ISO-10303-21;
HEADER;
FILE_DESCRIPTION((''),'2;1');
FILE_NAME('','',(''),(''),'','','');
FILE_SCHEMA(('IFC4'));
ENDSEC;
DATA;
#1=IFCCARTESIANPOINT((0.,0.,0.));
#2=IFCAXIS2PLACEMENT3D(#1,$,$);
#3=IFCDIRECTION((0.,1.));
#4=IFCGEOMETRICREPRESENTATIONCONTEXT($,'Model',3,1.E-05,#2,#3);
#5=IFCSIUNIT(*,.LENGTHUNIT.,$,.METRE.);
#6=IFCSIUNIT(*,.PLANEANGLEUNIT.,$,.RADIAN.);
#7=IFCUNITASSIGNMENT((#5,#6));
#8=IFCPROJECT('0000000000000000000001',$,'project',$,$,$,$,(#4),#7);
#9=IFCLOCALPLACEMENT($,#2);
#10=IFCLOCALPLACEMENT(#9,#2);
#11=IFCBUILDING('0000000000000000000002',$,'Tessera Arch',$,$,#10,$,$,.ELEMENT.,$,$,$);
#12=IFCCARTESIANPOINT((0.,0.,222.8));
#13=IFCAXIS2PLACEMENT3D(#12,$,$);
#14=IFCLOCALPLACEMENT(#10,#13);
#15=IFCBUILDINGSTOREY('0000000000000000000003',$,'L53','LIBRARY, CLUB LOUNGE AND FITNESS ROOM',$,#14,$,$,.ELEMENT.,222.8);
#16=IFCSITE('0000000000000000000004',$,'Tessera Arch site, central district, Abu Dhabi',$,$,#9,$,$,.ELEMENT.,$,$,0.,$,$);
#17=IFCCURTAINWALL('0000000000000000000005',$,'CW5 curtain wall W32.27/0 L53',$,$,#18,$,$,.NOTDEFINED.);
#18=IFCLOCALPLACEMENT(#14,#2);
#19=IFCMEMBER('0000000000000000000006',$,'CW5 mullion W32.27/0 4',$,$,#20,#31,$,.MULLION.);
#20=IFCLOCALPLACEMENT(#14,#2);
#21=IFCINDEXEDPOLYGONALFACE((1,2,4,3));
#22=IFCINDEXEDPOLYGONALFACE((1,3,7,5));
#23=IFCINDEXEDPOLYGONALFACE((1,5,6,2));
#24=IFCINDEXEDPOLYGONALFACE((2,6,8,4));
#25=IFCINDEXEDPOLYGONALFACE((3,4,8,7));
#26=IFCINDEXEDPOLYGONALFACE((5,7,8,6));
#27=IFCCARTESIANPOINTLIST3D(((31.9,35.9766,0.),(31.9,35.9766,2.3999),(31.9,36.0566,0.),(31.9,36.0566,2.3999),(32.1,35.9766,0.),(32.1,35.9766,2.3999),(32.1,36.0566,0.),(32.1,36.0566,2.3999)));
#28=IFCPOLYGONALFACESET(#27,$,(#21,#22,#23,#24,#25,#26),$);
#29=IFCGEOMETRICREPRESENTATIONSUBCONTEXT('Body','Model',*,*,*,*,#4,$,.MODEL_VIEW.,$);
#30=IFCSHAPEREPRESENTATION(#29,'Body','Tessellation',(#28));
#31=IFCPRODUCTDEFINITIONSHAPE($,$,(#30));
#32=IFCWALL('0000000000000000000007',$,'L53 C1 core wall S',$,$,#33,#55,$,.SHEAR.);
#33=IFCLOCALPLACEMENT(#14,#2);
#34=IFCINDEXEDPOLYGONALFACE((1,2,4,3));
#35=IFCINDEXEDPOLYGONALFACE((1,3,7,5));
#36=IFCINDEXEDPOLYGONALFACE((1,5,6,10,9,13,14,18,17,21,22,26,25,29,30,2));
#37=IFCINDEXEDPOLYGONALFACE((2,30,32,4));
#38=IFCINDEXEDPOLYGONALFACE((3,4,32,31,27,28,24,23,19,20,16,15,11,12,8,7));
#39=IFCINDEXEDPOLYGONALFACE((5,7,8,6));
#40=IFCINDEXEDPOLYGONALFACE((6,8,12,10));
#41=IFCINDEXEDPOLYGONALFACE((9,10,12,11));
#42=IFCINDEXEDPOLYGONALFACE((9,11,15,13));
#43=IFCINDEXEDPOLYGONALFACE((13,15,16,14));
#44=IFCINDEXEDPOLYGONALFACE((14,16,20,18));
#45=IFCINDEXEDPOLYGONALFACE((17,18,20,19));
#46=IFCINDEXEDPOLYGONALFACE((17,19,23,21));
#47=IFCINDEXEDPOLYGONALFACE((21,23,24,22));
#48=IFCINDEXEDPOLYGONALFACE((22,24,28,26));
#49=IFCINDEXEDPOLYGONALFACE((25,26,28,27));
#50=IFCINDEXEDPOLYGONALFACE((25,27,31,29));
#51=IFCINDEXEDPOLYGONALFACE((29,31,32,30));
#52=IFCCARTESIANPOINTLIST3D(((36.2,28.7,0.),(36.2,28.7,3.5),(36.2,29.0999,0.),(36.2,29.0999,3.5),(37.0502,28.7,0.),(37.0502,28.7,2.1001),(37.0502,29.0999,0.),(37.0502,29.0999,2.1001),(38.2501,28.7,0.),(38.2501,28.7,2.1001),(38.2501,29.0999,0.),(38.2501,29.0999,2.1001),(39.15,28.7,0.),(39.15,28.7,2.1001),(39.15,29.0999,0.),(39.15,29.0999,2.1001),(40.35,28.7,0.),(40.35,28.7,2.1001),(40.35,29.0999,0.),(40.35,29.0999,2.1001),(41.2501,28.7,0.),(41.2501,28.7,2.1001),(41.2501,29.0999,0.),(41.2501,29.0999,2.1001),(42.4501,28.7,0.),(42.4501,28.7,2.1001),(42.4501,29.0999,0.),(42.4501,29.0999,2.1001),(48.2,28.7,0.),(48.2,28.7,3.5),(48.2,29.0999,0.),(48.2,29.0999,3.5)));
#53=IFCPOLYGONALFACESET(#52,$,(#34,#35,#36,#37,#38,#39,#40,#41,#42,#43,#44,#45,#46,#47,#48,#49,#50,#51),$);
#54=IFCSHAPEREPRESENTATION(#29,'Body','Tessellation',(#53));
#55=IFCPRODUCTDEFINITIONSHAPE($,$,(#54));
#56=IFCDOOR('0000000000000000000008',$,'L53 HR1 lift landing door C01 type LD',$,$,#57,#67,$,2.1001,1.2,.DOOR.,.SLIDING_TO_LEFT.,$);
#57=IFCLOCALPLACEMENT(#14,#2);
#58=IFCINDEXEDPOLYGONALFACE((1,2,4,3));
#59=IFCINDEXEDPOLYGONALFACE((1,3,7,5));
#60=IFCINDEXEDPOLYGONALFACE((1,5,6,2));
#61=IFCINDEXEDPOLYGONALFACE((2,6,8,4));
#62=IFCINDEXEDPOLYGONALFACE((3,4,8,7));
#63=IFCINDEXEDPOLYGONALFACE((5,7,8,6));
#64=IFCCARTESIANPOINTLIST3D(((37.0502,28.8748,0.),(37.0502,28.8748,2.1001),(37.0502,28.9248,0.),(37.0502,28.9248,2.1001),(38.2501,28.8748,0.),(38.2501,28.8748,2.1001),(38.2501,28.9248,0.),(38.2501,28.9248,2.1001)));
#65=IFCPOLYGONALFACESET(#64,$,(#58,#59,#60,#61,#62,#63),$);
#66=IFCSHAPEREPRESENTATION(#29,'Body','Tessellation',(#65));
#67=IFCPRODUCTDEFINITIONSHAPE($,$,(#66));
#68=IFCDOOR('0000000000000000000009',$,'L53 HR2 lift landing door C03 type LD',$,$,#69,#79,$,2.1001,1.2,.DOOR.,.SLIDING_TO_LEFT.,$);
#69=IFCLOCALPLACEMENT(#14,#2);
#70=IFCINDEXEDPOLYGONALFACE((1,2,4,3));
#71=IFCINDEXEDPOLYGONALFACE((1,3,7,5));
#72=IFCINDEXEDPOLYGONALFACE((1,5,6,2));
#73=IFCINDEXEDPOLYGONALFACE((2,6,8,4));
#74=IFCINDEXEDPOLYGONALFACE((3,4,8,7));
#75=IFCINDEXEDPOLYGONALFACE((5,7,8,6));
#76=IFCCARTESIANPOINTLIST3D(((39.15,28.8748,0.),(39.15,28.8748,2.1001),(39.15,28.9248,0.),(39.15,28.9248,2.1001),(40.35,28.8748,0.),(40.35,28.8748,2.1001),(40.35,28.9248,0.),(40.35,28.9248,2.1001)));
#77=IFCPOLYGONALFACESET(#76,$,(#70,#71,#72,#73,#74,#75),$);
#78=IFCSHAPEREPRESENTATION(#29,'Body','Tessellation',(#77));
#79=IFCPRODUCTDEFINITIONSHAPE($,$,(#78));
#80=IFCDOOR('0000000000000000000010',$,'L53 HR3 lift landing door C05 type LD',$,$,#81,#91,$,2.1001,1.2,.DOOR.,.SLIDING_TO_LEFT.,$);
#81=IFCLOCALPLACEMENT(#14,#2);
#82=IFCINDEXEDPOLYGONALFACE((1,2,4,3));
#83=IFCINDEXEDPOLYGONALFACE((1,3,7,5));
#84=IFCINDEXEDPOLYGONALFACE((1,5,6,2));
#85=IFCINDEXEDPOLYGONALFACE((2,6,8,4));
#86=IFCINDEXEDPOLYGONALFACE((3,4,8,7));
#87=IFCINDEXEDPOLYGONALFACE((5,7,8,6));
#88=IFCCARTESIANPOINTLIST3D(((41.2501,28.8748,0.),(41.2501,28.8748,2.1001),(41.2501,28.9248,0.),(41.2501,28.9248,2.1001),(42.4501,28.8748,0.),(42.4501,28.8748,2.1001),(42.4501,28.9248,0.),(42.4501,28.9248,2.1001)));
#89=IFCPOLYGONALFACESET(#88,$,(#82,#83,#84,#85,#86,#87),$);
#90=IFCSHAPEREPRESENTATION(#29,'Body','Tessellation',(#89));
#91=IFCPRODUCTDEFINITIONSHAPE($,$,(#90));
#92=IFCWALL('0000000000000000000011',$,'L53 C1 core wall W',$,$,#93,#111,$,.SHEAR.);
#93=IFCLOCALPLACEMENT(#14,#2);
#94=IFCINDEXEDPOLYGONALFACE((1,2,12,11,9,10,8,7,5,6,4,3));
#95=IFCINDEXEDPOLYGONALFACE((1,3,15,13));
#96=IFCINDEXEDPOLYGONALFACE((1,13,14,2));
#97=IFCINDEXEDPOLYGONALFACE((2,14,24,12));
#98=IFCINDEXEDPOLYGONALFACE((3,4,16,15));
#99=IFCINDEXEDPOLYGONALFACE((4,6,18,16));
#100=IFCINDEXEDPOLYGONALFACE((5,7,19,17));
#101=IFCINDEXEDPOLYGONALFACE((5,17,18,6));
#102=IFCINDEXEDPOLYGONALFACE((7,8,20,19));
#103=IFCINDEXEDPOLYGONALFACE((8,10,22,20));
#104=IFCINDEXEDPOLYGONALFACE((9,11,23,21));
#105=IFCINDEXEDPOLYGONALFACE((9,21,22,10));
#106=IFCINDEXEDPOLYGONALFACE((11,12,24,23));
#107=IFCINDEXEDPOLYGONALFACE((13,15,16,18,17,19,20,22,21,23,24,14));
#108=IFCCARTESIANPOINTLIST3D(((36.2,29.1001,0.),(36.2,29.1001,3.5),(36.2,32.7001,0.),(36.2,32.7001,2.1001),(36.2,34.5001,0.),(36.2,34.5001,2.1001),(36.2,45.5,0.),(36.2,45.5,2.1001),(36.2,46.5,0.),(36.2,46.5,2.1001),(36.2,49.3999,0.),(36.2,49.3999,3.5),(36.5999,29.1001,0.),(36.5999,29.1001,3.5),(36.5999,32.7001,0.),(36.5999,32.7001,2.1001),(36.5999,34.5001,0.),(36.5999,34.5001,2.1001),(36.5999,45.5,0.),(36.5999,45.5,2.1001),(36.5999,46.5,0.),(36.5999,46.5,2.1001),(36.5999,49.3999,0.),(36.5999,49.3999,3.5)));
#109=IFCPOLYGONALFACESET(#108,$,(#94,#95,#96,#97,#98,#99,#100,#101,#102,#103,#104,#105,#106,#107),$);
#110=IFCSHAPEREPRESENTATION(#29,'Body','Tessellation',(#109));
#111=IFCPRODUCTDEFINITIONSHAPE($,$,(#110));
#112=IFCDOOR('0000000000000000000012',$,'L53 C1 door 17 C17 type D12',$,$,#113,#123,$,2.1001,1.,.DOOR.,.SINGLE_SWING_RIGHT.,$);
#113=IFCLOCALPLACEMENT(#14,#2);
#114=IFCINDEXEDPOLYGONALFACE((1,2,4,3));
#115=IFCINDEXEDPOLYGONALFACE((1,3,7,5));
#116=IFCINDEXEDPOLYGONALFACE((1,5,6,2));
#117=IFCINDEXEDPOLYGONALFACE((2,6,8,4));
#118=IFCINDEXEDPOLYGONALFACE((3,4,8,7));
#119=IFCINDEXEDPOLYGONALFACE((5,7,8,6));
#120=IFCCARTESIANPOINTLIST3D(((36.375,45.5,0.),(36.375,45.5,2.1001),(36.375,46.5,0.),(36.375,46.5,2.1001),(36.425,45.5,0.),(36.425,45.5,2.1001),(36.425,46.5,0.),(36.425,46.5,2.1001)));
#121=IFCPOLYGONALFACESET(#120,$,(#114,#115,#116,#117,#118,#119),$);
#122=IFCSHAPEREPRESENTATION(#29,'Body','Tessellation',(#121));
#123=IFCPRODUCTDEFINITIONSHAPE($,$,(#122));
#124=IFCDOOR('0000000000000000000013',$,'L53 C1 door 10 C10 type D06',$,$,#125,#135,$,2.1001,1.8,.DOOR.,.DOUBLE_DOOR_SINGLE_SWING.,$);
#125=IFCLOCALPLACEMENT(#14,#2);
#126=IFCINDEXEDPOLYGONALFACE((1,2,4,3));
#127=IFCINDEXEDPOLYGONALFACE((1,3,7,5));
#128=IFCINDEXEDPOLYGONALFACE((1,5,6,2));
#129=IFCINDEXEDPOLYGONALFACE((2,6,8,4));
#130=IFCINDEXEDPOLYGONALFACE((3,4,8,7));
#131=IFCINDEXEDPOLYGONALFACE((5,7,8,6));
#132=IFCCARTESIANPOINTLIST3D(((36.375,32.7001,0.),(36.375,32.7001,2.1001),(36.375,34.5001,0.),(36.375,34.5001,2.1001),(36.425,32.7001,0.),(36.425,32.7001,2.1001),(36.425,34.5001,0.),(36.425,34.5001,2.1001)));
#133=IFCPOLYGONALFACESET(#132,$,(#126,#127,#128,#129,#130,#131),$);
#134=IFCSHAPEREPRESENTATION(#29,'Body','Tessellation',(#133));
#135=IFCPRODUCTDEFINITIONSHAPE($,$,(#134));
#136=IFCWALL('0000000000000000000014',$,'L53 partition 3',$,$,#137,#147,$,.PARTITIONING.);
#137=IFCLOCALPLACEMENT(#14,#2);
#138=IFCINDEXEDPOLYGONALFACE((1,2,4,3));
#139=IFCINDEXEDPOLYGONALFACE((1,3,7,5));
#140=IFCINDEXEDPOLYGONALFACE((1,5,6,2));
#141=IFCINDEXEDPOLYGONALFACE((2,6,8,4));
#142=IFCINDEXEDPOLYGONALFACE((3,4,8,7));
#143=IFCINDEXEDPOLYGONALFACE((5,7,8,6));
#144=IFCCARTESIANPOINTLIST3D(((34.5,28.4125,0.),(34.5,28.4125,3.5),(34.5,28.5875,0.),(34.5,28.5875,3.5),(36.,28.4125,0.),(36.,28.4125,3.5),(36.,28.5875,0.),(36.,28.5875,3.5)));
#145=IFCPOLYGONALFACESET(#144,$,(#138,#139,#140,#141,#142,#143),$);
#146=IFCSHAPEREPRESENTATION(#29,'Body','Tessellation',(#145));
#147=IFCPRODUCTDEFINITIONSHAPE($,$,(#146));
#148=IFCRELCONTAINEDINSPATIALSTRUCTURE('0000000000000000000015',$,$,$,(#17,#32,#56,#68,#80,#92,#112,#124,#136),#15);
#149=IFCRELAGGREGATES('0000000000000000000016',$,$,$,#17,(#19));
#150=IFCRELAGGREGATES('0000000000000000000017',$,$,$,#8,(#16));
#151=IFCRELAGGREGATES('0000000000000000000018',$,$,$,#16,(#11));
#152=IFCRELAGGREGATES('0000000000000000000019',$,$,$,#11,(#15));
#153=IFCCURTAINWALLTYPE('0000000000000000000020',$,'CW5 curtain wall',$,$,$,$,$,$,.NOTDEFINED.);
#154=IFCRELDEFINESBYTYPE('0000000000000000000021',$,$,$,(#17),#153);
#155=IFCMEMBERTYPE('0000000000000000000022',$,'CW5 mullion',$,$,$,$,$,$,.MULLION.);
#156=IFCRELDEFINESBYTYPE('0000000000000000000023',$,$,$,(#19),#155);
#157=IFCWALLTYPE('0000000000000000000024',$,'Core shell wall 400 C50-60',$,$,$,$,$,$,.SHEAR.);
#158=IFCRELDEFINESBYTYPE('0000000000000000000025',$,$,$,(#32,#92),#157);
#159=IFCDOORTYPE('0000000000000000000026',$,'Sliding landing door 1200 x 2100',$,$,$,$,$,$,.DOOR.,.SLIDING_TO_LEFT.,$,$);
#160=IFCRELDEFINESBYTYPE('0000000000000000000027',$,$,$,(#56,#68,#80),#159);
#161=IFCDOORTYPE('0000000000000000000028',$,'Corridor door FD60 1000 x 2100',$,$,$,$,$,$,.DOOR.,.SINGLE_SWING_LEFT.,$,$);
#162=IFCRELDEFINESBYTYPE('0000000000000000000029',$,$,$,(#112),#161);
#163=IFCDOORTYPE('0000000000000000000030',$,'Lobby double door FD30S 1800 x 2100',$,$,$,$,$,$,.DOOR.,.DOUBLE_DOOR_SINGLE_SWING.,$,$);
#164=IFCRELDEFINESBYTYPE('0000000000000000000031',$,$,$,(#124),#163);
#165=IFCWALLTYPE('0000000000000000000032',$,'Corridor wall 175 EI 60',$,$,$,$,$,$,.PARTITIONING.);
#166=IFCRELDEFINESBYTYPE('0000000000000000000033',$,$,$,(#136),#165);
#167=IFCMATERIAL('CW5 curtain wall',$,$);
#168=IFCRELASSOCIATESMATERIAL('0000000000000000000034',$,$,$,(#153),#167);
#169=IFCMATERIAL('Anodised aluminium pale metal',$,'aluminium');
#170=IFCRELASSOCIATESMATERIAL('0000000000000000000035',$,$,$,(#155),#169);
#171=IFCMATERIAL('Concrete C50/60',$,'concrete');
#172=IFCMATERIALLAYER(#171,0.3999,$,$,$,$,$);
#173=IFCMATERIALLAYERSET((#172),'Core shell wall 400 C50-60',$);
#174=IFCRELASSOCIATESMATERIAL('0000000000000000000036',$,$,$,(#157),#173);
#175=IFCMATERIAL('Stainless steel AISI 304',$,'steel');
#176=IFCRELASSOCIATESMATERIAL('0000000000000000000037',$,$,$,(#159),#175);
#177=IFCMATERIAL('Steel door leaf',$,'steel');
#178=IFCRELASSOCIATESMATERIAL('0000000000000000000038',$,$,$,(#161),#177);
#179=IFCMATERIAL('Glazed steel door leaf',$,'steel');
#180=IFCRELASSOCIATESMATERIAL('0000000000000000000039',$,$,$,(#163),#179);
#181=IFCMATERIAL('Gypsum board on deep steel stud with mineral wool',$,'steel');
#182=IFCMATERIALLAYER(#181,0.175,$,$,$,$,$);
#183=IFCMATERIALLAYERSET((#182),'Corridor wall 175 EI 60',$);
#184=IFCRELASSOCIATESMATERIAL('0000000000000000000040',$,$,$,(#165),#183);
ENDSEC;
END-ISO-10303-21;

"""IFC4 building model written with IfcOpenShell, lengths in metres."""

from ifc_helpers import new_model, si_unit, direction, frame, frame_2d, origin, origin_2d, place, context, subcontext, project, spatial, rectangle, extrude, material, layer, layer_set, material_profile, profile_set, type_object, element, fill, aggregate, save


model = new_model("IFC4")

# Units and contexts
model_context = context("Model", 3, precision=1e-05, world=origin(), true_north=direction((0.0, 1.0)))
body_context = subcontext(model_context, "Body", "Model", "MODEL_VIEW")
ifc_project = project(units=[si_unit("LENGTHUNIT", "METRE"), si_unit("PLANEANGLEUNIT", "RADIAN")], contexts=[model_context])

# Site, building, storey
site_placement = place(None, origin())
site = spatial("IfcSite", under=ifc_project, at=site_placement, Name="Tessera Arch site, central district, Abu Dhabi", CompositionType="ELEMENT", RefElevation=0.0)
building_placement = place(site_placement, origin())
building = spatial("IfcBuilding", under=site, at=building_placement, Name="Tessera Arch", CompositionType="ELEMENT")
storey_placement = place(building_placement, frame((0.0, 0.0, 222.8)))
storey = spatial("IfcBuildingStorey", under=building, at=storey_placement, Name="L53", Description="LIBRARY, CLUB LOUNGE AND FITNESS ROOM", CompositionType="ELEMENT", Elevation=222.8)

# Curtain wall, member
ifc_material_1 = material(Name="CW5 curtain wall")
curtain_wall_type = type_object("IfcCurtainWallType", Name="CW5 curtain wall", PredefinedType="NOTDEFINED", material=ifc_material_1)
curtain_wall_placement = place(storey_placement, origin())
curtain_wall = element("IfcCurtainWall", 1, at=curtain_wall_placement, inside=storey, type_object=curtain_wall_type, Name="CW5 curtain wall W32.27/0 L53", PredefinedType="NOTDEFINED")
ifc_material_2 = material(Name="Anodised aluminium pale metal", Category="aluminium")
ifc_material_profile = material_profile(ifc_material_2, rectangle(XDim=0.2, YDim=0.0801, at=origin_2d()), Name="AL 80x200")
ifc_profile_set = profile_set([ifc_material_profile], Name="Anodised aluminium pale metal")
member_type = type_object("IfcMemberType", Name="CW5 mullion", PredefinedType="MULLION", material=ifc_profile_set)
member_placement = place(storey_placement, frame((32.0, 36.0166, 0.0), z_axis=(0.0, 0.0, 1.0), x_axis=(1.0, 0.0, 0.0)))
member = element("IfcMember", 2, at=member_placement, type_object=member_type, Name="CW5 mullion W32.27/0 4", PredefinedType="MULLION", context=body_context, shape_type="SweptSolid", body=[
    extrude(rectangle(XDim=0.2, YDim=0.0801, at=origin_2d()), origin(), (0.0, 0.0, 1.0), 2.3999),
])
aggregate(curtain_wall, [member])

# Walls, openings, doors
ifc_material_3 = material(Name="Concrete C50/60", Category="concrete")
ifc_layer_1 = layer(ifc_material_3, 0.3999)
ifc_layer_set_1 = layer_set([ifc_layer_1], Name="Core shell wall 400 C50-60")
wall_type_1 = type_object("IfcWallType", Name="Core shell wall 400 C50-60", PredefinedType="SHEAR", material=ifc_layer_set_1)
wall_1_placement = place(storey_placement, frame((36.2, 28.8999, 0.0), z_axis=(0.0, 0.0, 1.0), x_axis=(1.0, 0.0, 0.0)))
wall_1 = element("IfcWall", 3, at=wall_1_placement, inside=storey, type_object=wall_type_1, Name="L53 C1 core wall S", PredefinedType="SHEAR", context=body_context, shape_type="SweptSolid", body=[
    extrude(rectangle(XDim=12.0, YDim=0.3999, at=frame_2d((6.0, 0.0))), origin(), (0.0, 0.0, 1.0), 3.5),
])
opening_1_placement = place(wall_1_placement, frame((0.8501, 0.0, 0.0)))
opening_1 = element("IfcOpeningElement", 4, at=opening_1_placement, cuts=wall_1, PredefinedType="OPENING", context=body_context, shape_type="SweptSolid", body=[
    extrude(rectangle(XDim=1.2, YDim=2.1001, at=frame_2d((0.6001, 1.05))), frame((0.0, 0.21, 0.0), z_axis=(0.0, -1.0, 0.0), x_axis=(1.0, 0.0, 0.0)), (0.0, 0.0, 1.0), 0.4199),
])
opening_2_placement = place(wall_1_placement, frame((2.95, 0.0, 0.0)))
opening_2 = element("IfcOpeningElement", 5, at=opening_2_placement, cuts=wall_1, PredefinedType="OPENING", context=body_context, shape_type="SweptSolid", body=[
    extrude(rectangle(XDim=1.2, YDim=2.1001, at=frame_2d((0.6001, 1.05))), frame((0.0, 0.21, 0.0), z_axis=(0.0, -1.0, 0.0), x_axis=(1.0, 0.0, 0.0)), (0.0, 0.0, 1.0), 0.4199),
])
opening_3_placement = place(wall_1_placement, frame((5.05, 0.0, 0.0)))
opening_3 = element("IfcOpeningElement", 6, at=opening_3_placement, cuts=wall_1, PredefinedType="OPENING", context=body_context, shape_type="SweptSolid", body=[
    extrude(rectangle(XDim=1.2, YDim=2.1001, at=frame_2d((0.6001, 1.05))), frame((0.0, 0.21, 0.0), z_axis=(0.0, -1.0, 0.0), x_axis=(1.0, 0.0, 0.0)), (0.0, 0.0, 1.0), 0.4199),
])
ifc_material_4 = material(Name="Stainless steel AISI 304", Category="steel")
door_type_1 = type_object("IfcDoorType", Name="Sliding landing door 1200 x 2100", OperationType="SLIDING_TO_LEFT", PredefinedType="DOOR", material=ifc_material_4)
door_1_placement = place(opening_1_placement, origin())
door_1 = element("IfcDoor", 7, at=door_1_placement, inside=storey, type_object=door_type_1, Name="L53 HR1 lift landing door C01 type LD", OperationType="SLIDING_TO_LEFT", OverallHeight=2.1001, OverallWidth=1.2, PredefinedType="DOOR", context=body_context, shape_type="SweptSolid", body=[
    extrude(rectangle(XDim=1.2, YDim=2.1001, at=frame_2d((0.6001, 1.05))), frame((0.0, 0.0249, 0.0), z_axis=(0.0, -1.0, 0.0), x_axis=(1.0, 0.0, 0.0)), (0.0, 0.0, 1.0), 0.05),
])
fill(opening_1, door_1)
door_2_placement = place(opening_2_placement, origin())
door_2 = element("IfcDoor", 8, at=door_2_placement, inside=storey, type_object=door_type_1, Name="L53 HR2 lift landing door C03 type LD", OperationType="SLIDING_TO_LEFT", OverallHeight=2.1001, OverallWidth=1.2, PredefinedType="DOOR", context=body_context, shape_type="SweptSolid", body=[
    extrude(rectangle(XDim=1.2, YDim=2.1001, at=frame_2d((0.6001, 1.05))), frame((0.0, 0.0249, 0.0), z_axis=(0.0, -1.0, 0.0), x_axis=(1.0, 0.0, 0.0)), (0.0, 0.0, 1.0), 0.05),
])
fill(opening_2, door_2)
door_3_placement = place(opening_3_placement, origin())
door_3 = element("IfcDoor", 9, at=door_3_placement, inside=storey, type_object=door_type_1, Name="L53 HR3 lift landing door C05 type LD", OperationType="SLIDING_TO_LEFT", OverallHeight=2.1001, OverallWidth=1.2, PredefinedType="DOOR", context=body_context, shape_type="SweptSolid", body=[
    extrude(rectangle(XDim=1.2, YDim=2.1001, at=frame_2d((0.6001, 1.05))), frame((0.0, 0.0249, 0.0), z_axis=(0.0, -1.0, 0.0), x_axis=(1.0, 0.0, 0.0)), (0.0, 0.0, 1.0), 0.05),
])
fill(opening_3, door_3)
wall_2_placement = place(storey_placement, frame((36.3999, 29.1001, 0.0), z_axis=(0.0, 0.0, 1.0), x_axis=(0.0, 1.0, 0.0)))
wall_2 = element("IfcWall", 10, at=wall_2_placement, inside=storey, type_object=wall_type_1, Name="L53 C1 core wall W", PredefinedType="SHEAR", context=body_context, shape_type="SweptSolid", body=[
    extrude(rectangle(XDim=20.2998, YDim=0.3999, at=frame_2d((10.1499, 0.0))), origin(), (0.0, 0.0, 1.0), 3.5),
])
opening_4_placement = place(wall_2_placement, frame((3.6001, 0.0, 0.0)))
opening_4 = element("IfcOpeningElement", 11, at=opening_4_placement, cuts=wall_2, PredefinedType="OPENING", context=body_context, shape_type="SweptSolid", body=[
    extrude(rectangle(XDim=1.8, YDim=2.1001, at=frame_2d((0.8999, 1.05))), frame((0.0, 0.21, 0.0), z_axis=(0.0, -1.0, 0.0), x_axis=(1.0, 0.0, 0.0)), (0.0, 0.0, 1.0), 0.4199),
])
opening_5_placement = place(wall_2_placement, frame((16.3999, 0.0, 0.0)))
opening_5 = element("IfcOpeningElement", 12, at=opening_5_placement, cuts=wall_2, PredefinedType="OPENING", context=body_context, shape_type="SweptSolid", body=[
    extrude(rectangle(XDim=1.0, YDim=2.1001, at=frame_2d((0.5, 1.05))), frame((0.0, 0.21, 0.0), z_axis=(0.0, -1.0, 0.0), x_axis=(1.0, 0.0, 0.0)), (0.0, 0.0, 1.0), 0.4199),
])
ifc_material_5 = material(Name="Steel door leaf", Category="steel")
door_type_2 = type_object("IfcDoorType", Name="Corridor door FD60 1000 x 2100", OperationType="SINGLE_SWING_LEFT", PredefinedType="DOOR", material=ifc_material_5)
door_4_placement = place(opening_5_placement, origin())
door_4 = element("IfcDoor", 13, at=door_4_placement, inside=storey, type_object=door_type_2, Name="L53 C1 door 17 C17 type D12", OperationType="SINGLE_SWING_RIGHT", OverallHeight=2.1001, OverallWidth=1.0, PredefinedType="DOOR", context=body_context, shape_type="SweptSolid", body=[
    extrude(rectangle(XDim=1.0, YDim=2.1001, at=frame_2d((0.5, 1.05))), frame((0.0, 0.0249, 0.0), z_axis=(0.0, -1.0, 0.0), x_axis=(1.0, 0.0, 0.0)), (0.0, 0.0, 1.0), 0.05),
])
fill(opening_5, door_4)
ifc_material_6 = material(Name="Glazed steel door leaf", Category="steel")
door_type_3 = type_object("IfcDoorType", Name="Lobby double door FD30S 1800 x 2100", OperationType="DOUBLE_DOOR_SINGLE_SWING", PredefinedType="DOOR", material=ifc_material_6)
door_5_placement = place(opening_4_placement, origin())
door_5 = element("IfcDoor", 14, at=door_5_placement, inside=storey, type_object=door_type_3, Name="L53 C1 door 10 C10 type D06", OperationType="DOUBLE_DOOR_SINGLE_SWING", OverallHeight=2.1001, OverallWidth=1.8, PredefinedType="DOOR", context=body_context, shape_type="SweptSolid", body=[
    extrude(rectangle(XDim=1.8, YDim=2.1001, at=frame_2d((0.8999, 1.05))), frame((0.0, 0.0249, 0.0), z_axis=(0.0, -1.0, 0.0), x_axis=(1.0, 0.0, 0.0)), (0.0, 0.0, 1.0), 0.05),
])
fill(opening_4, door_5)

# Wall
ifc_material_7 = material(Name="Gypsum board on deep steel stud with mineral wool", Category="steel")
ifc_layer_2 = layer(ifc_material_7, 0.175)
ifc_layer_set_2 = layer_set([ifc_layer_2], Name="Corridor wall 175 EI 60")
wall_type_2 = type_object("IfcWallType", Name="Corridor wall 175 EI 60", PredefinedType="PARTITIONING", material=ifc_layer_set_2)
wall_3_placement = place(storey_placement, frame((34.5, 28.5, 0.0), z_axis=(0.0, 0.0, 1.0), x_axis=(1.0, 0.0, 0.0)))
element("IfcWall", 15, at=wall_3_placement, inside=storey, type_object=wall_type_2, Name="L53 partition 3", PredefinedType="PARTITIONING", context=body_context, shape_type="SweptSolid", body=[
    extrude(rectangle(XDim=1.5, YDim=0.175, at=frame_2d((0.75, 0.0))), origin(), (0.0, 0.0, 1.0), 3.5),
])

save(model, "model.ifc")
